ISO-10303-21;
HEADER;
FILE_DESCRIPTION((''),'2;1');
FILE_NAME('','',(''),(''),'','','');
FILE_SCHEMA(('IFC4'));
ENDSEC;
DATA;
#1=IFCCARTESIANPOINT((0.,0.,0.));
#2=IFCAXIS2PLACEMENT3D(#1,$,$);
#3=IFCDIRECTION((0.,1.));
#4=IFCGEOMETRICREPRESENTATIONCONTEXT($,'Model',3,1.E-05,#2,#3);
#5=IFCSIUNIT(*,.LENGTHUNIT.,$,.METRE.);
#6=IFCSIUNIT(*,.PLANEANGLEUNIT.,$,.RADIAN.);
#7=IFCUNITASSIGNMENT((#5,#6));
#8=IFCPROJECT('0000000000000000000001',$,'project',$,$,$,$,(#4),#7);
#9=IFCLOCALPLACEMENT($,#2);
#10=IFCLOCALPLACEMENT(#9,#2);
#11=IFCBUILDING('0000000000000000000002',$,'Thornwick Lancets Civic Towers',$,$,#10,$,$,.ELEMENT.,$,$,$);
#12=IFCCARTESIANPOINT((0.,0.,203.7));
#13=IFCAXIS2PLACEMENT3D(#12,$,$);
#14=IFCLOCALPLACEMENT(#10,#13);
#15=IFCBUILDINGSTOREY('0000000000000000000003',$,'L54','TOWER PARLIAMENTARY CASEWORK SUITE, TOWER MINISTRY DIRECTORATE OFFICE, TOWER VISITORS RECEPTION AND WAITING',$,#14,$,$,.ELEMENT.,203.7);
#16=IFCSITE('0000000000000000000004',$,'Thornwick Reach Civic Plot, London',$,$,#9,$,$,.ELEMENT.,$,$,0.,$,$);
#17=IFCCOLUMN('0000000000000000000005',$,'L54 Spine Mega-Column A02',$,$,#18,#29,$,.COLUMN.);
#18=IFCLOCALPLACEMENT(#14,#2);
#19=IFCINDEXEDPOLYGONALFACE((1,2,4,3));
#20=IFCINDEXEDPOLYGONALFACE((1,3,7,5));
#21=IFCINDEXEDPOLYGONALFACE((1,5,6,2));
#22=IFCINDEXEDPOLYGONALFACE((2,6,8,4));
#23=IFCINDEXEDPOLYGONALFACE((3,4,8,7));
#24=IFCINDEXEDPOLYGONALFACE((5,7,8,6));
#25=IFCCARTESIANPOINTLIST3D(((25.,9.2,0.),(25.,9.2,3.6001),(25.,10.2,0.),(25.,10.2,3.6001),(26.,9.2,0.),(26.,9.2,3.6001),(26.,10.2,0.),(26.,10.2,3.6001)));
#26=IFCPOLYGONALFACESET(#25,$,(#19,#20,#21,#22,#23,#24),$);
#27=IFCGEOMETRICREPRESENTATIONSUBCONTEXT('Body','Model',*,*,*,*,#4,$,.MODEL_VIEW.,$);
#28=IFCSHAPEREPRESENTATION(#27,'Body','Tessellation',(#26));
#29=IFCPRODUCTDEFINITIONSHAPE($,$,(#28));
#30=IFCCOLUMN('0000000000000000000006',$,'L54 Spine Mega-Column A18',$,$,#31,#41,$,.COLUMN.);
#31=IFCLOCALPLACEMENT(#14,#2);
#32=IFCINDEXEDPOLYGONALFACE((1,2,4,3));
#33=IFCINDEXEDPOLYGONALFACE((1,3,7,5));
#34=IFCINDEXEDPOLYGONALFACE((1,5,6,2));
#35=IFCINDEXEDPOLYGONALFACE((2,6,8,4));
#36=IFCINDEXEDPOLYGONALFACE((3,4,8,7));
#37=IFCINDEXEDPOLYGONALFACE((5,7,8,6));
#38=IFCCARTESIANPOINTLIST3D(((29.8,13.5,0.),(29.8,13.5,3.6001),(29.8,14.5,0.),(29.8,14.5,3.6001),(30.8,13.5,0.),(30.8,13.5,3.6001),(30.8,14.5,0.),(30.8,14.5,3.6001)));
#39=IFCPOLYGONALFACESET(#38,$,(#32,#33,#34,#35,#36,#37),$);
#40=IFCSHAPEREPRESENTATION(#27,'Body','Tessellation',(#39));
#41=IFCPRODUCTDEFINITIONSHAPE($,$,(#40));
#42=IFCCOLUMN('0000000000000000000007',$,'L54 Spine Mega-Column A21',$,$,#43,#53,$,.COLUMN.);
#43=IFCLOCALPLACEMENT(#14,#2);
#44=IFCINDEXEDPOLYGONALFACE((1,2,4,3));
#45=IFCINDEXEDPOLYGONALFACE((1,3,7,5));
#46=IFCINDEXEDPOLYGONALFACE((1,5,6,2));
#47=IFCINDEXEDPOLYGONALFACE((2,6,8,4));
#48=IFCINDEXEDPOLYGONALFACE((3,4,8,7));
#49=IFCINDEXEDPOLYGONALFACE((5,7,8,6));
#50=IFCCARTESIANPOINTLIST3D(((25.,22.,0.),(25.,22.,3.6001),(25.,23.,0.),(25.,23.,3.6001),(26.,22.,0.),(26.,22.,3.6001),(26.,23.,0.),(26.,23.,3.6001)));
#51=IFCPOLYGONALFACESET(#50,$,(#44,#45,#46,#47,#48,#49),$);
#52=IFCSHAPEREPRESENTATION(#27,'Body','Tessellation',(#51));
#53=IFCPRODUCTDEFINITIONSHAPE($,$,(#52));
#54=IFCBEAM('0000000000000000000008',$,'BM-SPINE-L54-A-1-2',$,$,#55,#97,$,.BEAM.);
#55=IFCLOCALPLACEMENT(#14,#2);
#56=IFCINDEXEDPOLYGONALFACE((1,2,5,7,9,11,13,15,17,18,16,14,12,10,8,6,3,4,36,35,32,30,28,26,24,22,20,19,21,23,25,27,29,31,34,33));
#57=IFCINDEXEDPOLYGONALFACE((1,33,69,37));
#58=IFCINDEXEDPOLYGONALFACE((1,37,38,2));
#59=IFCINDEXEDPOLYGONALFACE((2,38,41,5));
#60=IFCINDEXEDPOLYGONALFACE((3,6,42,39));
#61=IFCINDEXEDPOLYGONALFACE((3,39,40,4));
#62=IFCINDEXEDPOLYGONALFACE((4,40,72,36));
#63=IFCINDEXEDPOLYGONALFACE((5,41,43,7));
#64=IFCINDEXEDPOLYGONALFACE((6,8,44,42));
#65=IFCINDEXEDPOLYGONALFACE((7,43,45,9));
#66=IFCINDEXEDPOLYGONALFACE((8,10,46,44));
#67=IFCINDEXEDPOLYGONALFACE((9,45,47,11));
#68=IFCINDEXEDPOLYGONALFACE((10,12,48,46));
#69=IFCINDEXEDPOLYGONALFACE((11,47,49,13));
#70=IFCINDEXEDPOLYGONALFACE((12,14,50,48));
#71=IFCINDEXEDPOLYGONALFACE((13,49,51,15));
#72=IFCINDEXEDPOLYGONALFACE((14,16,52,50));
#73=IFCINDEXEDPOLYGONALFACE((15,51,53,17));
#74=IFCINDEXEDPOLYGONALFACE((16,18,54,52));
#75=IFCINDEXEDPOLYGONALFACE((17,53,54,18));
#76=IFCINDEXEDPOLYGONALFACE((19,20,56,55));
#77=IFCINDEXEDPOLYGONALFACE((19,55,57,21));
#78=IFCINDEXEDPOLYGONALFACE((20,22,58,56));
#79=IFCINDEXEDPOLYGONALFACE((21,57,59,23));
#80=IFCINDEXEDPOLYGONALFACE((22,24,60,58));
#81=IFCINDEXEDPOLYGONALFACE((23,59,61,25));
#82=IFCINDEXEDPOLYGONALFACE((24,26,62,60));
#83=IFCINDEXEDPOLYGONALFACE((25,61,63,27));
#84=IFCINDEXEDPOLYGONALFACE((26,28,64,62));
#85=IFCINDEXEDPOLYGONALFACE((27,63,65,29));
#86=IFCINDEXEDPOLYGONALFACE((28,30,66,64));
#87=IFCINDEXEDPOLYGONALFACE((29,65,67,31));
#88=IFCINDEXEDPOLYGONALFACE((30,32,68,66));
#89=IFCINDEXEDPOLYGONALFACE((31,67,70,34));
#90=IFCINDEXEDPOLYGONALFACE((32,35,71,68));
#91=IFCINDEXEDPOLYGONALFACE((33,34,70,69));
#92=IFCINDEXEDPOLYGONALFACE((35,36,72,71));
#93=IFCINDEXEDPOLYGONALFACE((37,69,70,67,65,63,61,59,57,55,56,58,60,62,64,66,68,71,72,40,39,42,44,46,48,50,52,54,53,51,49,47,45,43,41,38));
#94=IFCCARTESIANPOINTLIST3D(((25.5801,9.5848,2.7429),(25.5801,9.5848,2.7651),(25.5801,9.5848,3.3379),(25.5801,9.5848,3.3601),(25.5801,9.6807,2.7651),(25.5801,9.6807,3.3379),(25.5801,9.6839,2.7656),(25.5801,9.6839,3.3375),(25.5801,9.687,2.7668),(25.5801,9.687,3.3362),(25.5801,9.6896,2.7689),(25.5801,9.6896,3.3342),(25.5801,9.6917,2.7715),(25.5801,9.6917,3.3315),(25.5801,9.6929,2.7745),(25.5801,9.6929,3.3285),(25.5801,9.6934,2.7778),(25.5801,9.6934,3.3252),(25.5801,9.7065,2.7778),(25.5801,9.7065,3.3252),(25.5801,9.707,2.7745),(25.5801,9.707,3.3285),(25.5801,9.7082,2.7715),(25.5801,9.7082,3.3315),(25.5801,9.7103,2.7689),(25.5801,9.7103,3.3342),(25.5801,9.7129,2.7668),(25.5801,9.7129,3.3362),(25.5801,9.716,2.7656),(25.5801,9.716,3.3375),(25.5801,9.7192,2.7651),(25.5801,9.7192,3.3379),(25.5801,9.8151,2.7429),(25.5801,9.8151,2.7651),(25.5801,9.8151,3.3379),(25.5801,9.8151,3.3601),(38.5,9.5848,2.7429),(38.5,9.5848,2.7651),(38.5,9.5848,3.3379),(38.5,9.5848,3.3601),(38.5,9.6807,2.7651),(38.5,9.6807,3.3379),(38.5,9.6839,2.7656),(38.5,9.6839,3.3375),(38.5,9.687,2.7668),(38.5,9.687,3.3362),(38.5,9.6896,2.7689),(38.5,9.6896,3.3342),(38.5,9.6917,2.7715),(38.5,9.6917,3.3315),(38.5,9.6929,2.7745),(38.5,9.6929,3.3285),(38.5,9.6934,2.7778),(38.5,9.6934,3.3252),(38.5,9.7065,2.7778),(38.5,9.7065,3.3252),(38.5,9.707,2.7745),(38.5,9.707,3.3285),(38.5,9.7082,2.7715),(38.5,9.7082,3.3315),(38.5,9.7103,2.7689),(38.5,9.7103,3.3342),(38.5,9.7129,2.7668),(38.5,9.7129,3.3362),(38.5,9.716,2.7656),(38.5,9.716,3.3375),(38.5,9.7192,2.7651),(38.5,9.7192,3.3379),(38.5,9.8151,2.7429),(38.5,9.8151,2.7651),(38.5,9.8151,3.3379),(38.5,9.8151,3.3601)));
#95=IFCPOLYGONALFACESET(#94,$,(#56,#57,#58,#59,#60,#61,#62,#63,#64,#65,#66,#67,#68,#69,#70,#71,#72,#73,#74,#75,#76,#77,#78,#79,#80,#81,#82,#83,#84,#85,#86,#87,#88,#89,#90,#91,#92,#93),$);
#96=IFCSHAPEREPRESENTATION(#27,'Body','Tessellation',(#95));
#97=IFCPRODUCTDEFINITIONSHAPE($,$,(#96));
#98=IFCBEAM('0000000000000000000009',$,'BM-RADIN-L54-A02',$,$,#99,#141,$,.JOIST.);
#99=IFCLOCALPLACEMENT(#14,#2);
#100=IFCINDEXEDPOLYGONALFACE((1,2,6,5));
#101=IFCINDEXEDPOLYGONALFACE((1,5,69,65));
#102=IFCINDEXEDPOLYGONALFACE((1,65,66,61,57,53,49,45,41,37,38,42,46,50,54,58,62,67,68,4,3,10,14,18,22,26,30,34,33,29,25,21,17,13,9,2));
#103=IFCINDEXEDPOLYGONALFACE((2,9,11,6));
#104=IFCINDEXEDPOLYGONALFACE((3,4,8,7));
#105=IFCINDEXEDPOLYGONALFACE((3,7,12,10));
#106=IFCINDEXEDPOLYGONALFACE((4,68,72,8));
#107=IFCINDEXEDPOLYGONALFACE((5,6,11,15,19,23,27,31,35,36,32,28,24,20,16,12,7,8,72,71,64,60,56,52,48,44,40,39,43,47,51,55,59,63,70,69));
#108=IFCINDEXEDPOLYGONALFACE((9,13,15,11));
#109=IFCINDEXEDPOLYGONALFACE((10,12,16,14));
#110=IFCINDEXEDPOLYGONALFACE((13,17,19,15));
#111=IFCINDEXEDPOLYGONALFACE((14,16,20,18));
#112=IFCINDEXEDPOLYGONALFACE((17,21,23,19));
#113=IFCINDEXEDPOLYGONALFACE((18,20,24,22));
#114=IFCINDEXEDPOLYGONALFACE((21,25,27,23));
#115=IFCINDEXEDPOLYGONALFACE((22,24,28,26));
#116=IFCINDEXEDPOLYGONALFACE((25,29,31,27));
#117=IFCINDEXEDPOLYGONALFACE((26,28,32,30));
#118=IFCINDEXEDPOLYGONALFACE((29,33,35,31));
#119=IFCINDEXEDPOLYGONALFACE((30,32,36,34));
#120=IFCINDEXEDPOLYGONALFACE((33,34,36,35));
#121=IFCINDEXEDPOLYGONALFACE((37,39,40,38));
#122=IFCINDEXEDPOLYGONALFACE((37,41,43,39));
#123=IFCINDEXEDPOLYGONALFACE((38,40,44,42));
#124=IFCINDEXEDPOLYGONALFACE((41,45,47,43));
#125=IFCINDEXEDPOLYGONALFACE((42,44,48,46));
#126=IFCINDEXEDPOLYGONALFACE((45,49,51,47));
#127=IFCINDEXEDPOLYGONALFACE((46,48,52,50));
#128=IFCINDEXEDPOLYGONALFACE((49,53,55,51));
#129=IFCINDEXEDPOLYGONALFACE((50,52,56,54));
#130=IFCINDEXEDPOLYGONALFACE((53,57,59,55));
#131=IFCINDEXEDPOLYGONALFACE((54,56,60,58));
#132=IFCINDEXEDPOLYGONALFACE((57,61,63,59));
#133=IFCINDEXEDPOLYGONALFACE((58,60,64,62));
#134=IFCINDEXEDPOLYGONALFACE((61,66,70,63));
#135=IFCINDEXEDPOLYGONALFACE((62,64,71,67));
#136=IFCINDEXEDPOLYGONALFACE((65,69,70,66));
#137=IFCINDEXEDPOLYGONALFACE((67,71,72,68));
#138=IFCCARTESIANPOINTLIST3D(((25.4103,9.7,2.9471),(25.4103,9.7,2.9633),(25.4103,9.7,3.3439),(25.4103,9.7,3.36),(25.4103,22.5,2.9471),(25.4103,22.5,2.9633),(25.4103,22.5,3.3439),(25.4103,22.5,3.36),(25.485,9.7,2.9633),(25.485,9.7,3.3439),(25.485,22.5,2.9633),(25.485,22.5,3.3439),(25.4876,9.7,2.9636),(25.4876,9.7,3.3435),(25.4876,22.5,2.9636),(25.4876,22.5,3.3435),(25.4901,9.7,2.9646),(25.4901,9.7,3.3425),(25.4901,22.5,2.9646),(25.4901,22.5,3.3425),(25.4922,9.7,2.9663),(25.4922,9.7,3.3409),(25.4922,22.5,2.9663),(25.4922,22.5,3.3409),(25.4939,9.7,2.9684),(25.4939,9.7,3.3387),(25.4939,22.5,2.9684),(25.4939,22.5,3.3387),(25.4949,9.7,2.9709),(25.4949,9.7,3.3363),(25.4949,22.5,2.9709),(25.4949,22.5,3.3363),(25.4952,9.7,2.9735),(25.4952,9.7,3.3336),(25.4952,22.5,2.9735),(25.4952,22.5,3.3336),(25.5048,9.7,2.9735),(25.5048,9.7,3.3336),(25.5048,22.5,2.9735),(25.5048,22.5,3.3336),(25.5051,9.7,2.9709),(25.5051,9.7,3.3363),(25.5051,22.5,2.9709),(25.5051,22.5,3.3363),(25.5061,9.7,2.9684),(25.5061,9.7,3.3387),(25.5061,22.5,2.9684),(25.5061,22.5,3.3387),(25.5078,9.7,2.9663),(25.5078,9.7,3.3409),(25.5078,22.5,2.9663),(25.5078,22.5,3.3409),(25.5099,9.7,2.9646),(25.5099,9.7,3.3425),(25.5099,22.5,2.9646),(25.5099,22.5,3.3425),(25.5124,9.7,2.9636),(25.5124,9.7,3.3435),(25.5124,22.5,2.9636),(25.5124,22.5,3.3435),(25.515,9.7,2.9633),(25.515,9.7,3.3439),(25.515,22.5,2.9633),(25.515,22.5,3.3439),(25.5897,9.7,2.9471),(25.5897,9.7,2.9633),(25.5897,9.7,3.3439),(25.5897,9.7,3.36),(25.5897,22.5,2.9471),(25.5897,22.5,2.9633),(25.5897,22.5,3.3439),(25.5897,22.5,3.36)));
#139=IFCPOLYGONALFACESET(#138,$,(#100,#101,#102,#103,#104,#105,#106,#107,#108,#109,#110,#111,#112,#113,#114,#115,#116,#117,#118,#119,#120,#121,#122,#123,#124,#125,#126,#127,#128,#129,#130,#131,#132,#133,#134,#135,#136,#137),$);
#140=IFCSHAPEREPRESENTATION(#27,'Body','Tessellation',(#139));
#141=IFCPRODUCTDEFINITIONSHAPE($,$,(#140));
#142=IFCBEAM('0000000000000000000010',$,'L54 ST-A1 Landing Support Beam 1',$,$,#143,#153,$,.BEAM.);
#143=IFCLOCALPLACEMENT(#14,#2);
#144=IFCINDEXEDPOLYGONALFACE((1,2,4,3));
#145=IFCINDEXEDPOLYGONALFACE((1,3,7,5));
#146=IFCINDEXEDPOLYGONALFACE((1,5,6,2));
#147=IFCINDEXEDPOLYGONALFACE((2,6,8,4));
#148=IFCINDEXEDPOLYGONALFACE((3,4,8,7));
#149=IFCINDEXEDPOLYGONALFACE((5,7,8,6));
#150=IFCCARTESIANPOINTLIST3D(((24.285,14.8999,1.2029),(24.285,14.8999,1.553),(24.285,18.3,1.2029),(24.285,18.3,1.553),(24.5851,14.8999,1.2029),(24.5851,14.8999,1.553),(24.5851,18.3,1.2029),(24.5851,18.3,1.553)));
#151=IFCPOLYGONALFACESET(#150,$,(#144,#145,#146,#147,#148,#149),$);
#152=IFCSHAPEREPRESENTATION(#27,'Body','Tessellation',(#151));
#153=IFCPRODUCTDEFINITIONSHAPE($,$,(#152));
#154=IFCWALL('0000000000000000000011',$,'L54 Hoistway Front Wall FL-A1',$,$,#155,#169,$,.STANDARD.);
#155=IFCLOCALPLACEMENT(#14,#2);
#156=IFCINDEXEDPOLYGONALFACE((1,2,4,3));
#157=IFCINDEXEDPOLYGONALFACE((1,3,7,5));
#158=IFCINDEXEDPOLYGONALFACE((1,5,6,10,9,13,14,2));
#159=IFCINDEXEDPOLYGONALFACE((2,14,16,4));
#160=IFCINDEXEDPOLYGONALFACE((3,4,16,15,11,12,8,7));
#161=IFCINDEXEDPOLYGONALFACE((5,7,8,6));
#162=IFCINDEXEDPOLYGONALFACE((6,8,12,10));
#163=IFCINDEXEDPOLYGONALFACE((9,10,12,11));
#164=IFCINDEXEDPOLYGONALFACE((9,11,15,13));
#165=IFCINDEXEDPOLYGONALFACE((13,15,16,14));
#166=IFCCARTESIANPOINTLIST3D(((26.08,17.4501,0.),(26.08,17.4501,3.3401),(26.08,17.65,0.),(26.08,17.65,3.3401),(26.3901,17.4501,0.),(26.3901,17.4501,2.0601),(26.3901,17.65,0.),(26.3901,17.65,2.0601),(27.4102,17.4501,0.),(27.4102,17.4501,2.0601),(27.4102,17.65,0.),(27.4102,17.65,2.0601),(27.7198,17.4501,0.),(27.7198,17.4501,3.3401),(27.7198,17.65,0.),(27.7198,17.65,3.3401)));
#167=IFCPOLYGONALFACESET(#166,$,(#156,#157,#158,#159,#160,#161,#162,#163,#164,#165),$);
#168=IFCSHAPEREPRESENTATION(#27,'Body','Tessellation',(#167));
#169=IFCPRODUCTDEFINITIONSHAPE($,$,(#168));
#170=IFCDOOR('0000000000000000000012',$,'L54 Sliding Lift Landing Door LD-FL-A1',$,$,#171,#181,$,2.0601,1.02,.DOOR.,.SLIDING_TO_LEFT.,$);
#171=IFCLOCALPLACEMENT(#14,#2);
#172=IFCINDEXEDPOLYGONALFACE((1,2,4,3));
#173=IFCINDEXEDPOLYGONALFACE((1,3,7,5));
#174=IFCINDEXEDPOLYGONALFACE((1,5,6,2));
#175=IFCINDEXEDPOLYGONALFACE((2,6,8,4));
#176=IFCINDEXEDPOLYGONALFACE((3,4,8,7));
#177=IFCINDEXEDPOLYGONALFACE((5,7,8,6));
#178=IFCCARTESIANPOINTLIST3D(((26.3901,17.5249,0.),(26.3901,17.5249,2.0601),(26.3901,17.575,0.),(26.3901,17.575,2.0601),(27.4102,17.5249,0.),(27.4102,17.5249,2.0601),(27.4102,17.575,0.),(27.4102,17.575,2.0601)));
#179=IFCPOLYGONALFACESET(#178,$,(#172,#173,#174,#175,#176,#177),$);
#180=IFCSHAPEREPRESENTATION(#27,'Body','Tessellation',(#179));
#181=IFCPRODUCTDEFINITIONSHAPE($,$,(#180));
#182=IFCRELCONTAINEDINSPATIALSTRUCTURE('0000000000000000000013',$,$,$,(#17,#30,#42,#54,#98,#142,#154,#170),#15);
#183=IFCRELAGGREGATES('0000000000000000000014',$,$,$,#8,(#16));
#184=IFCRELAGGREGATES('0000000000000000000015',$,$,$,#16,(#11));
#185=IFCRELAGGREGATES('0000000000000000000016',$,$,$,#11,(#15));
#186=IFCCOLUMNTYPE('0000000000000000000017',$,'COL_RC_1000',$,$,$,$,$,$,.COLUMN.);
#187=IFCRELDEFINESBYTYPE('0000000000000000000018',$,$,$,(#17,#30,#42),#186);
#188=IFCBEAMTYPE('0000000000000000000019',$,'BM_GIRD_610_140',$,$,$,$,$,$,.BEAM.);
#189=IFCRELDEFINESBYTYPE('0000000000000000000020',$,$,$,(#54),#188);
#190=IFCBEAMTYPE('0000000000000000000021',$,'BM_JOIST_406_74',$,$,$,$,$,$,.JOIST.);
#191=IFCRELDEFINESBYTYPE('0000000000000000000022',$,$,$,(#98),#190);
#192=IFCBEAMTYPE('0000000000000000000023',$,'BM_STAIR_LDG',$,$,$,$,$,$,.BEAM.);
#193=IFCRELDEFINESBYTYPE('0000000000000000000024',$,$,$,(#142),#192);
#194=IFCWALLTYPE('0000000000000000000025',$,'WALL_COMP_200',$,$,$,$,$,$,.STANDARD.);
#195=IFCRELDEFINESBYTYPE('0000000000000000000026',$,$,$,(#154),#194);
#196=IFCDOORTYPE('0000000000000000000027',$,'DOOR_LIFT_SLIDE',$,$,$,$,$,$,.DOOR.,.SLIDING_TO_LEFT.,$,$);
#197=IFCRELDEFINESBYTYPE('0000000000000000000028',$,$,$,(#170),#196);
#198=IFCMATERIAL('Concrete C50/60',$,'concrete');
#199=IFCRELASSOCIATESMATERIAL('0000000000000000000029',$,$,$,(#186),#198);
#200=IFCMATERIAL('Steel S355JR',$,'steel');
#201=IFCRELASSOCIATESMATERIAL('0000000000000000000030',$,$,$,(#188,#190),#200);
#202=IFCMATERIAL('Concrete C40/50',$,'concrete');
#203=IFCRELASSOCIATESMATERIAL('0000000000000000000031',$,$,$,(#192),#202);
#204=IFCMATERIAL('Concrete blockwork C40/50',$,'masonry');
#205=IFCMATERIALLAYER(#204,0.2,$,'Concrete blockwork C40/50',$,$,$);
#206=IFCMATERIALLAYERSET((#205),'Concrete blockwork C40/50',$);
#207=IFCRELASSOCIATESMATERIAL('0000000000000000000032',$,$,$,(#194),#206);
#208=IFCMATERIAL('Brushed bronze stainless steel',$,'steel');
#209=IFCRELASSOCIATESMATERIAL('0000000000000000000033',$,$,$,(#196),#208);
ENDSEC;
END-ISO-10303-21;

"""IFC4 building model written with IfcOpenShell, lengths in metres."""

from ifc_helpers import new_model, si_unit, direction, frame, frame_2d, origin, origin_2d, place, context, subcontext, project, spatial, rectangle, i_section, extrude, material, layer, layer_set, material_profile, profile_set, type_object, element, fill, save


model = new_model("IFC4")

# Units and contexts
model_context = context("Model", 3, precision=1e-05, world=origin(), true_north=direction((0.0, 1.0)))
body_context = subcontext(model_context, "Body", "Model", "MODEL_VIEW")
ifc_project = project(units=[si_unit("LENGTHUNIT", "METRE"), si_unit("PLANEANGLEUNIT", "RADIAN")], contexts=[model_context])

# Site, building, storey
site_placement = place(None, origin())
site = spatial("IfcSite", under=ifc_project, at=site_placement, Name="Thornwick Reach Civic Plot, London", CompositionType="ELEMENT", RefElevation=0.0)
building_placement = place(site_placement, origin())
building = spatial("IfcBuilding", under=site, at=building_placement, Name="Thornwick Lancets Civic Towers", CompositionType="ELEMENT")
storey_placement = place(building_placement, frame((0.0, 0.0, 203.7)))
storey = spatial("IfcBuildingStorey", under=building, at=storey_placement, Name="L54", Description="TOWER PARLIAMENTARY CASEWORK SUITE, TOWER MINISTRY DIRECTORATE OFFICE, TOWER VISITORS RECEPTION AND WAITING", CompositionType="ELEMENT", Elevation=203.7)

# Columns
ifc_material_1 = material(Name="Concrete C50/60", Category="concrete")
ifc_material_profile_1 = material_profile(ifc_material_1, rectangle(XDim=1.0, YDim=1.0, at=origin_2d()), Name="RC 1000x1000")
ifc_profile_set_1 = profile_set([ifc_material_profile_1], Name="Concrete C50/60")
column_type = type_object("IfcColumnType", Name="COL_RC_1000", PredefinedType="COLUMN", material=ifc_profile_set_1)
for number, where, z_axis, x_axis, name in (
    (1, (25.5, 9.7, 0.0), (0.0, 0.0, 1.0), (1.0, 0.0, 0.0), "L54 Spine Mega-Column A02"),
    (2, (30.3, 14.0, 0.0), (0.0, 0.0, 1.0), (1.0, 0.0, 0.0), "L54 Spine Mega-Column A18"),
    (3, (25.5, 22.5, 0.0), (0.0, 0.0, 1.0), (1.0, 0.0, 0.0), "L54 Spine Mega-Column A21"),
):
    element("IfcColumn", number, at=place(storey_placement, frame(where, z_axis=z_axis, x_axis=x_axis)), inside=storey, type_object=column_type, Name=name, PredefinedType="COLUMN", context=body_context, shape_type="SweptSolid", body=[
        extrude(rectangle(XDim=1.0, YDim=1.0, at=origin_2d()), origin(), (0.0, 0.0, 1.0), 3.6001),
    ])

# Beams
ifc_material_2 = material(Name="Steel S355JR", Category="steel")
ifc_material_profile_2 = material_profile(ifc_material_2, i_section(OverallWidth=0.2302, OverallDepth=0.6172, WebThickness=0.0132, FlangeThickness=0.0222, FilletRadius=0.0127, at=origin_2d()), Name="UKB 610x229x140")
ifc_profile_set_2 = profile_set([ifc_material_profile_2], Name="Steel S355JR")
beam_type_1 = type_object("IfcBeamType", Name="BM_GIRD_610_140", PredefinedType="BEAM", material=ifc_profile_set_2)
beam_1_placement = place(storey_placement, frame((25.5801, 9.7, 3.0515), z_axis=(1.0, 0.0, 0.0), x_axis=(0.0, 1.0, 0.0)))
element("IfcBeam", 4, at=beam_1_placement, inside=storey, type_object=beam_type_1, Name="BM-SPINE-L54-A-1-2", PredefinedType="BEAM", context=body_context, shape_type="SweptSolid", body=[
    extrude(i_section(OverallWidth=0.2302, OverallDepth=0.6172, WebThickness=0.0132, FlangeThickness=0.0222, FilletRadius=0.0127, at=origin_2d()), origin(), (0.0, 0.0, 1.0), 12.9199),
])
ifc_material_profile_3 = material_profile(ifc_material_2, i_section(OverallWidth=0.1794, OverallDepth=0.4128, WebThickness=0.0095, FlangeThickness=0.0161, FilletRadius=0.0103, at=origin_2d()), Name="UKB 406x178x74")
ifc_profile_set_3 = profile_set([ifc_material_profile_3], Name="Steel S355JR")
beam_type_2 = type_object("IfcBeamType", Name="BM_JOIST_406_74", PredefinedType="JOIST", material=ifc_profile_set_3)
beam_2_placement = place(storey_placement, frame((25.5, 22.5, 3.1536), z_axis=(0.0, -1.0, 0.0), x_axis=(1.0, 0.0, 0.0)))
element("IfcBeam", 5, at=beam_2_placement, inside=storey, type_object=beam_type_2, Name="BM-RADIN-L54-A02", PredefinedType="JOIST", context=body_context, shape_type="SweptSolid", body=[
    extrude(i_section(OverallWidth=0.1794, OverallDepth=0.4128, WebThickness=0.0095, FlangeThickness=0.0161, FilletRadius=0.0103, at=origin_2d()), origin(), (0.0, 0.0, 1.0), 12.8),
])
ifc_material_3 = material(Name="Concrete C40/50", Category="concrete")
ifc_material_profile_4 = material_profile(ifc_material_3, rectangle(XDim=0.3, YDim=0.3501, at=origin_2d()), Name="RC 300x350")
ifc_profile_set_4 = profile_set([ifc_material_profile_4], Name="Concrete C40/50")
beam_type_3 = type_object("IfcBeamType", Name="BM_STAIR_LDG", PredefinedType="BEAM", material=ifc_profile_set_4)
beam_3_placement = place(storey_placement, frame((24.4351, 14.8999, 1.3779), z_axis=(0.0, 1.0, 0.0), x_axis=(-1.0, 0.0, 0.0)))
element("IfcBeam", 6, at=beam_3_placement, inside=storey, type_object=beam_type_3, Name="L54 ST-A1 Landing Support Beam 1", PredefinedType="BEAM", context=body_context, shape_type="SweptSolid", body=[
    extrude(rectangle(XDim=0.3, YDim=0.3501, at=origin_2d()), origin(), (0.0, 0.0, 1.0), 3.4001),
])

# Wall, opening, door
ifc_material_4 = material(Name="Concrete blockwork C40/50", Category="masonry")
ifc_layer_1 = layer(ifc_material_4, 0.2, Name="Concrete blockwork C40/50")
ifc_layer_set_1 = layer_set([ifc_layer_1], Name="Concrete blockwork C40/50")
wall_type_1 = type_object("IfcWallType", Name="WALL_COMP_200", PredefinedType="STANDARD", material=ifc_layer_set_1)
wall_1_placement = place(storey_placement, frame((26.0801, 17.55, 0.0), z_axis=(0.0, 0.0, 1.0), x_axis=(1.0, 0.0, 0.0)))
wall_1 = element("IfcWall", 7, at=wall_1_placement, inside=storey, type_object=wall_type_1, Name="L54 Hoistway Front Wall FL-A1", PredefinedType="STANDARD", context=body_context, shape_type="SweptSolid", body=[
    extrude(rectangle(XDim=1.6399, YDim=0.2, at=frame_2d((0.8198, 0.0))), origin(), (0.0, 0.0, 1.0), 3.3401),
])
opening_1_placement = place(wall_1_placement, frame((0.3101, 0.0, 0.0)))
opening_1 = element("IfcOpeningElement", 8, at=opening_1_placement, cuts=wall_1, PredefinedType="OPENING", context=body_context, shape_type="SweptSolid", body=[
    extrude(rectangle(XDim=1.02, YDim=2.0601, at=frame_2d((0.51, 1.03))), frame((0.0, 0.1099, 0.0), z_axis=(0.0, -1.0, 0.0), x_axis=(1.0, 0.0, 0.0)), (0.0, 0.0, 1.0), 0.22),
])
ifc_material_5 = material(Name="Brushed bronze stainless steel", Category="steel")
door_type_1 = type_object("IfcDoorType", Name="DOOR_LIFT_SLIDE", OperationType="SLIDING_TO_LEFT", PredefinedType="DOOR", material=ifc_material_5)
door_1_placement = place(opening_1_placement, origin())
door_1 = element("IfcDoor", 9, at=door_1_placement, inside=storey, type_object=door_type_1, Name="L54 Sliding Lift Landing Door LD-FL-A1", OperationType="SLIDING_TO_LEFT", OverallHeight=2.0601, OverallWidth=1.02, PredefinedType="DOOR", context=body_context, shape_type="SweptSolid", body=[
    extrude(rectangle(XDim=1.02, YDim=2.0601, at=frame_2d((0.51, 1.03))), frame((0.0, 0.0249, 0.0), z_axis=(0.0, -1.0, 0.0), x_axis=(1.0, 0.0, 0.0)), (0.0, 0.0, 1.0), 0.05),
])
fill(opening_1, door_1)

save(model, "model.ifc")
